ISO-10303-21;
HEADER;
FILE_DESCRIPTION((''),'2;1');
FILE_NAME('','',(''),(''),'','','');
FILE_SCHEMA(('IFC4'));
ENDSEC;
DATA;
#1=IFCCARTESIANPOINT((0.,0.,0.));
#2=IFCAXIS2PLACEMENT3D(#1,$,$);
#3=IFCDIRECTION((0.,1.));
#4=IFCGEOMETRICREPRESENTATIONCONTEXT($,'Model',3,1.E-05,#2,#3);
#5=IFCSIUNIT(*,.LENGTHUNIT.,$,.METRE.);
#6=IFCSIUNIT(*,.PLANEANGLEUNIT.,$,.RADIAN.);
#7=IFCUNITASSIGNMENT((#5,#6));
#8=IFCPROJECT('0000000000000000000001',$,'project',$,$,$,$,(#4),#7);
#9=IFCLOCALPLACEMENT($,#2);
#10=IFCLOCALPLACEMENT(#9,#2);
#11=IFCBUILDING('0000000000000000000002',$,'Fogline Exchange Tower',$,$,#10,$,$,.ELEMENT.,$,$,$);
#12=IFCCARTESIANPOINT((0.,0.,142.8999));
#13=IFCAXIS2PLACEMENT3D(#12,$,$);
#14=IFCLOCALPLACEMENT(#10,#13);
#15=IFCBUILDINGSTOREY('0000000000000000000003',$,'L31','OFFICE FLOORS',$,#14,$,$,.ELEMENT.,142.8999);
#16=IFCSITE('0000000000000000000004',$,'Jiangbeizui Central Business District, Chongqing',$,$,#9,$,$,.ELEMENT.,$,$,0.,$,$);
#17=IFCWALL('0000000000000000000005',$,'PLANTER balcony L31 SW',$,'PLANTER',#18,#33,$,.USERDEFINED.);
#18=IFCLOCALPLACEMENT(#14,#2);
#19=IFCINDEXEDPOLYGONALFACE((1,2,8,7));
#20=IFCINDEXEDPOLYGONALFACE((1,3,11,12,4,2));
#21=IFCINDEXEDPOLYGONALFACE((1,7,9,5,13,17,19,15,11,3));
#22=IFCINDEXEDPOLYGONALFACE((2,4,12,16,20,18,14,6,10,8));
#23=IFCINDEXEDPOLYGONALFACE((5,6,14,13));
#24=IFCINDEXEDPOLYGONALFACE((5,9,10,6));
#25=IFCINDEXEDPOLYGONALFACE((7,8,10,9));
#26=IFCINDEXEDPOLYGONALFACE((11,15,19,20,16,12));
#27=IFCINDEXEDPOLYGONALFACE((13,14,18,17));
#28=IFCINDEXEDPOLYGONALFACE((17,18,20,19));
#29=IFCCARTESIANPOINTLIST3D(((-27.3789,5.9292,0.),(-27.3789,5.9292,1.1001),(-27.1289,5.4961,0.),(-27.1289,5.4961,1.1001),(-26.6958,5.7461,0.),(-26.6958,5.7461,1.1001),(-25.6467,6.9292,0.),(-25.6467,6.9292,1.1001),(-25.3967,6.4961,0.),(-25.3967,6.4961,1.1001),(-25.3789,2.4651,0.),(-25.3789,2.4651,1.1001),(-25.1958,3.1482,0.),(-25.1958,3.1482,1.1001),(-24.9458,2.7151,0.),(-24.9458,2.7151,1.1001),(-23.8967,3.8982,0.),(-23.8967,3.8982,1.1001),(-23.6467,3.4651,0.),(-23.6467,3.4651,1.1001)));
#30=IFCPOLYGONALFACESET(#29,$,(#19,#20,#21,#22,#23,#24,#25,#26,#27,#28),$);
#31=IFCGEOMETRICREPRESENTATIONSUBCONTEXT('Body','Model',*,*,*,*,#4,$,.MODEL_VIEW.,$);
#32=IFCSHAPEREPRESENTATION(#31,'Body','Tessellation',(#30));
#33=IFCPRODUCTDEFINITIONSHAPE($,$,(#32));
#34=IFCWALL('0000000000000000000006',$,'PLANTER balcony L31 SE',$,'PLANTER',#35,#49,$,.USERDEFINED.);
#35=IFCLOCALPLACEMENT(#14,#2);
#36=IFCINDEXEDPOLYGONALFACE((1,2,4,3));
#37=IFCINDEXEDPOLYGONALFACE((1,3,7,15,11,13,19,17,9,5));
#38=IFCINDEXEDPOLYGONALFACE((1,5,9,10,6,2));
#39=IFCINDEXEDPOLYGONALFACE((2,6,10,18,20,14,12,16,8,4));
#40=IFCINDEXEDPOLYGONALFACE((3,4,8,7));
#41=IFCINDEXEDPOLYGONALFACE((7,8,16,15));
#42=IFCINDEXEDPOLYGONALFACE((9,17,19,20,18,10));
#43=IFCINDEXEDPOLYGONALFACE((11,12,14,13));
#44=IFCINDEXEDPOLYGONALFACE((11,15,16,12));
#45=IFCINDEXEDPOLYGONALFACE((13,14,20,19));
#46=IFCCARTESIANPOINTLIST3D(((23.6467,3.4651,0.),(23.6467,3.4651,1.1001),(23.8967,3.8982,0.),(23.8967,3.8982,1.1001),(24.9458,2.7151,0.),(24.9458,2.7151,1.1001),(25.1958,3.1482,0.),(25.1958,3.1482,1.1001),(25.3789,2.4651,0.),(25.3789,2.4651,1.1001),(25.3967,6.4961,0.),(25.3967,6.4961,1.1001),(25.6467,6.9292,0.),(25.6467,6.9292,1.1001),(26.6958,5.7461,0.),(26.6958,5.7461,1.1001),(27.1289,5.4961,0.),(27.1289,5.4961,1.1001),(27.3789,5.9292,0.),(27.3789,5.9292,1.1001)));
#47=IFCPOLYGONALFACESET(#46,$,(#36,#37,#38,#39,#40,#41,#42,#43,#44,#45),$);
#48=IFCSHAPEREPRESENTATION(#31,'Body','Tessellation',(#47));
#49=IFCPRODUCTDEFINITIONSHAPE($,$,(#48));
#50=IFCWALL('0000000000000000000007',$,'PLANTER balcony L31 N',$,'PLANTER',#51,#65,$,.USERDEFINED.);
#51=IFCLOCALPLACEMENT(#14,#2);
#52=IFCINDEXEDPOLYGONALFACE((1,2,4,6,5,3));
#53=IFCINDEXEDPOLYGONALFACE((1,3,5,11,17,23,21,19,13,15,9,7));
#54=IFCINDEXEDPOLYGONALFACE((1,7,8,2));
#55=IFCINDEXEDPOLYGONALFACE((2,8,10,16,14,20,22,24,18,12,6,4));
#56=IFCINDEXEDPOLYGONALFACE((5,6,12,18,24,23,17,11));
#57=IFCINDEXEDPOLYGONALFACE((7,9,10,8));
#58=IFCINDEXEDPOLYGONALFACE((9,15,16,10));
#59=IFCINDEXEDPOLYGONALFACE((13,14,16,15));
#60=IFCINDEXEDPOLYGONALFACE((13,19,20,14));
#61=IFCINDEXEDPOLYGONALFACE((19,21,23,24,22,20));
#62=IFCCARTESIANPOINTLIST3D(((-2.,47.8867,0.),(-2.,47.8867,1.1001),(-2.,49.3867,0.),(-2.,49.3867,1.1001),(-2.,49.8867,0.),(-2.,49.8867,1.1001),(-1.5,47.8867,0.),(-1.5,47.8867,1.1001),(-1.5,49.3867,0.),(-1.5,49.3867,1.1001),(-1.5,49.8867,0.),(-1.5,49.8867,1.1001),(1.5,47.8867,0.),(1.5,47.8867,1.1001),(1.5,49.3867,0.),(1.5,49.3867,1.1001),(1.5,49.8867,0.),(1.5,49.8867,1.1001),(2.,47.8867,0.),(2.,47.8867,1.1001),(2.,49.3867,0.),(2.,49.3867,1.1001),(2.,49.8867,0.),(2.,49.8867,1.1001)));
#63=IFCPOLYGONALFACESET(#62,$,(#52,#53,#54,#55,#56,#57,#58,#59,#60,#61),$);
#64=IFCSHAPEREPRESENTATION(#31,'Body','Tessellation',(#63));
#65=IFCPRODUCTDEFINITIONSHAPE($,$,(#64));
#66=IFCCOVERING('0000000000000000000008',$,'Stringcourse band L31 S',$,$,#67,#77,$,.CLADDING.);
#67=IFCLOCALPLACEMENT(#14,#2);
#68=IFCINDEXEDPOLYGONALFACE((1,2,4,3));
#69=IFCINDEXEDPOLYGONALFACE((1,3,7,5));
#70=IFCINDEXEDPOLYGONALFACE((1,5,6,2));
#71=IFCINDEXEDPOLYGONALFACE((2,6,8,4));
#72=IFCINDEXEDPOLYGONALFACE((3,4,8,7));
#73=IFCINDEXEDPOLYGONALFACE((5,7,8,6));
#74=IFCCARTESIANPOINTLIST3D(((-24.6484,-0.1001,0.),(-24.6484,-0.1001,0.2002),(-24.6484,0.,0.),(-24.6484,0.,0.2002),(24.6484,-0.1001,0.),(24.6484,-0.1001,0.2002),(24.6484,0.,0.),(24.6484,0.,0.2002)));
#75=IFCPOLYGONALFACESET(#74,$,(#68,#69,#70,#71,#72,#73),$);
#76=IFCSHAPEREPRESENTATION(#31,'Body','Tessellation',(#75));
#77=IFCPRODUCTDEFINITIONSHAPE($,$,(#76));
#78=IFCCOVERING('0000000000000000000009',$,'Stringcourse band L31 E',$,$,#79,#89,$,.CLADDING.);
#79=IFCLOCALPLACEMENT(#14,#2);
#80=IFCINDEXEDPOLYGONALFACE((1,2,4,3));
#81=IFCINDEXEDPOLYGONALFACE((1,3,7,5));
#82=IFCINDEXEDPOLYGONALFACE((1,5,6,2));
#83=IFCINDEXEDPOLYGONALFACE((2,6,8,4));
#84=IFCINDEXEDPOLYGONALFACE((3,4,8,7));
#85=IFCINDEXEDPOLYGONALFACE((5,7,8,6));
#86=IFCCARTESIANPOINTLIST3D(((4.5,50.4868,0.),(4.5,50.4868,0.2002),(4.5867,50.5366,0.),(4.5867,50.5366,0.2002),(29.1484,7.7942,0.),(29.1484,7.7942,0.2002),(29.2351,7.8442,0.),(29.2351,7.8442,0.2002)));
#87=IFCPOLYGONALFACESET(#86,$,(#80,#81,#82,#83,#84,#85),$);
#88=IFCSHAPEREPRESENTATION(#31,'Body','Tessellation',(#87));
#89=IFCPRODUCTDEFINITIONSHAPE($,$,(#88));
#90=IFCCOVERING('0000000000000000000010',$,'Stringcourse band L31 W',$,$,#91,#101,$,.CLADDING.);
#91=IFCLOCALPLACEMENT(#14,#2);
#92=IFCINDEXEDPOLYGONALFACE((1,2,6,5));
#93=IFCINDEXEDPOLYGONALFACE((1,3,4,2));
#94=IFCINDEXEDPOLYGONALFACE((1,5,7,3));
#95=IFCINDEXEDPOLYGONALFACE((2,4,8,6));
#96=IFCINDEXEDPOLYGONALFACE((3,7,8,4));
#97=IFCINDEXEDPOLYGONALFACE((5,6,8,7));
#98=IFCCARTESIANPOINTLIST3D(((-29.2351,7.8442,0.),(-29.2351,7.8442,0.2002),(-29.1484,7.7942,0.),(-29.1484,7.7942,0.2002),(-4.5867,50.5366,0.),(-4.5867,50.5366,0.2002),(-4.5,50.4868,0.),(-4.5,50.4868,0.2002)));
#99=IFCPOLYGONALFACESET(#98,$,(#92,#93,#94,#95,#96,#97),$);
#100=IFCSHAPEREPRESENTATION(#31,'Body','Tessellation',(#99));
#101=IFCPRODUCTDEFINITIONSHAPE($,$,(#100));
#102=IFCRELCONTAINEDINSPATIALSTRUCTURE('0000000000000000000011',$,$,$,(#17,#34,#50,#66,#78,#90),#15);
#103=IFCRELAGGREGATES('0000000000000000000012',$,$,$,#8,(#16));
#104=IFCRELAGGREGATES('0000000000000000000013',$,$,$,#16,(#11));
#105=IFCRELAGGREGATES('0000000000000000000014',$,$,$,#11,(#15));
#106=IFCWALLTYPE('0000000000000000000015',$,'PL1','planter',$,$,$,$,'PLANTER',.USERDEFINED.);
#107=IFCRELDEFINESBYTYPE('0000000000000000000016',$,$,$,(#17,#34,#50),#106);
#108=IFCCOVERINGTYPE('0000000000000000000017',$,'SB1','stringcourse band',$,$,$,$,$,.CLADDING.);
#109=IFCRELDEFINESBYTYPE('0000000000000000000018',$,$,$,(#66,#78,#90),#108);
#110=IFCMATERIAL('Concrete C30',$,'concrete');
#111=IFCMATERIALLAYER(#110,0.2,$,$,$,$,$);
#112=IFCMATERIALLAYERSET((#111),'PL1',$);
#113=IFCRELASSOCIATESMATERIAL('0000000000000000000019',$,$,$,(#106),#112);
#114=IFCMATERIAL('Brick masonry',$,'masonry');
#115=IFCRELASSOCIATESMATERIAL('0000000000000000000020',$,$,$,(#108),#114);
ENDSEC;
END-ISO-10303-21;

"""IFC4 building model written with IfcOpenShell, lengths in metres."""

from ifc_helpers import new_model, si_unit, direction, frame, origin, place, context, subcontext, project, spatial, polyline, outline, extrude, material, layer, layer_set, type_object, element, save


model = new_model("IFC4")

# Units and contexts
model_context = context("Model", 3, precision=1e-05, world=origin(), true_north=direction((0.0, 1.0)))
body_context = subcontext(model_context, "Body", "Model", "MODEL_VIEW")
ifc_project = project(units=[si_unit("LENGTHUNIT", "METRE"), si_unit("PLANEANGLEUNIT", "RADIAN")], contexts=[model_context])

# Site, building, storey
site_placement = place(None, origin())
site = spatial("IfcSite", under=ifc_project, at=site_placement, Name="Jiangbeizui Central Business District, Chongqing", CompositionType="ELEMENT", RefElevation=0.0)
building_placement = place(site_placement, origin())
building = spatial("IfcBuilding", under=site, at=building_placement, Name="Fogline Exchange Tower", CompositionType="ELEMENT")
storey_placement = place(building_placement, frame((0.0, 0.0, 142.8999)))
storey = spatial("IfcBuildingStorey", under=building, at=storey_placement, Name="L31", Description="OFFICE FLOORS", CompositionType="ELEMENT", Elevation=142.8999)

# Walls
ifc_material_1 = material(Name="Brick masonry", Category="masonry")
ifc_material_2 = material(Name="Concrete C30", Category="concrete")
ifc_layer_1 = layer(ifc_material_2, 0.2)
ifc_layer_set_1 = layer_set([ifc_layer_1], Name="PL1")
wall_type_1 = type_object("IfcWallType", Name="PL1", Description="planter", ElementType="PLANTER", PredefinedType="USERDEFINED", material=ifc_layer_set_1)
wall_1_placement = place(storey_placement, origin())
element("IfcWall", 1, at=wall_1_placement, inside=storey, type_object=wall_type_1, Name="PLANTER balcony L31 SW", ObjectType="PLANTER", PredefinedType="USERDEFINED", context=body_context, shape_type="SweptSolid", body=[
    extrude(outline(polyline([(-23.8967, 3.8982), (-25.1958, 3.1482), (-26.6958, 5.7461), (-25.3967, 6.4961), (-25.6467, 6.9292), (-27.3789, 5.9292), (-27.1289, 5.4961), (-25.3789, 2.4651), (-24.9458, 2.7151), (-24.9458, 2.7151), (-23.6467, 3.4651), (-23.8967, 3.8982)])), origin(), (0.0, 0.0, 1.0), 1.1001),
])
wall_2_placement = place(storey_placement, origin())
element("IfcWall", 2, at=wall_2_placement, inside=storey, type_object=wall_type_1, Name="PLANTER balcony L31 SE", ObjectType="PLANTER", PredefinedType="USERDEFINED", context=body_context, shape_type="SweptSolid", body=[
    extrude(outline(polyline([(23.6467, 3.4651), (24.9458, 2.7151), (24.9458, 2.7151), (25.3789, 2.4651), (27.1289, 5.4961), (27.3789, 5.9292), (25.6467, 6.9292), (25.3967, 6.4961), (26.6958, 5.7461), (25.1958, 3.1482), (23.8967, 3.8982), (23.6467, 3.4651)])), origin(), (0.0, 0.0, 1.0), 1.1001),
])
wall_3_placement = place(storey_placement, origin())
element("IfcWall", 3, at=wall_3_placement, inside=storey, type_object=wall_type_1, Name="PLANTER balcony L31 N", ObjectType="PLANTER", PredefinedType="USERDEFINED", context=body_context, shape_type="SweptSolid", body=[
    extrude(outline(polyline([(-1.5, 49.8867), (-2.0, 49.8867), (-2.0, 49.3867), (-2.0, 47.8867), (-1.5, 47.8867), (-1.5, 49.3867), (1.5, 49.3867), (1.5, 47.8867), (2.0, 47.8867), (2.0, 49.3867), (2.0, 49.8867), (1.5, 49.8867), (-1.5, 49.8867)])), origin(), (0.0, 0.0, 1.0), 1.1001),
])

# Coverings
covering_type = type_object("IfcCoveringType", Name="SB1", Description="stringcourse band", PredefinedType="CLADDING", material=ifc_material_1)
covering_1_placement = place(storey_placement, origin())
element("IfcCovering", 4, at=covering_1_placement, inside=storey, type_object=covering_type, Name="Stringcourse band L31 S", PredefinedType="CLADDING", context=body_context, shape_type="SweptSolid", body=[
    extrude(outline(polyline([(-24.6484, 0.0), (-24.6484, -0.1001), (24.6484, -0.1001), (24.6484, 0.0), (-24.6484, 0.0)])), origin(), (0.0, 0.0, 1.0), 0.2002),
])
covering_2_placement = place(storey_placement, origin())
element("IfcCovering", 5, at=covering_2_placement, inside=storey, type_object=covering_type, Name="Stringcourse band L31 E", PredefinedType="CLADDING", context=body_context, shape_type="SweptSolid", body=[
    extrude(outline(polyline([(29.1484, 7.7942), (29.2351, 7.8442), (4.5867, 50.5366), (4.5, 50.4868), (29.1484, 7.7942)])), origin(), (0.0, 0.0, 1.0), 0.2002),
])
covering_3_placement = place(storey_placement, origin())
element("IfcCovering", 6, at=covering_3_placement, inside=storey, type_object=covering_type, Name="Stringcourse band L31 W", PredefinedType="CLADDING", context=body_context, shape_type="SweptSolid", body=[
    extrude(outline(polyline([(-4.5, 50.4868), (-4.5867, 50.5366), (-29.2351, 7.8442), (-29.1484, 7.7942), (-4.5, 50.4868)])), origin(), (0.0, 0.0, 1.0), 0.2002),
])

save(model, "model.ifc")
